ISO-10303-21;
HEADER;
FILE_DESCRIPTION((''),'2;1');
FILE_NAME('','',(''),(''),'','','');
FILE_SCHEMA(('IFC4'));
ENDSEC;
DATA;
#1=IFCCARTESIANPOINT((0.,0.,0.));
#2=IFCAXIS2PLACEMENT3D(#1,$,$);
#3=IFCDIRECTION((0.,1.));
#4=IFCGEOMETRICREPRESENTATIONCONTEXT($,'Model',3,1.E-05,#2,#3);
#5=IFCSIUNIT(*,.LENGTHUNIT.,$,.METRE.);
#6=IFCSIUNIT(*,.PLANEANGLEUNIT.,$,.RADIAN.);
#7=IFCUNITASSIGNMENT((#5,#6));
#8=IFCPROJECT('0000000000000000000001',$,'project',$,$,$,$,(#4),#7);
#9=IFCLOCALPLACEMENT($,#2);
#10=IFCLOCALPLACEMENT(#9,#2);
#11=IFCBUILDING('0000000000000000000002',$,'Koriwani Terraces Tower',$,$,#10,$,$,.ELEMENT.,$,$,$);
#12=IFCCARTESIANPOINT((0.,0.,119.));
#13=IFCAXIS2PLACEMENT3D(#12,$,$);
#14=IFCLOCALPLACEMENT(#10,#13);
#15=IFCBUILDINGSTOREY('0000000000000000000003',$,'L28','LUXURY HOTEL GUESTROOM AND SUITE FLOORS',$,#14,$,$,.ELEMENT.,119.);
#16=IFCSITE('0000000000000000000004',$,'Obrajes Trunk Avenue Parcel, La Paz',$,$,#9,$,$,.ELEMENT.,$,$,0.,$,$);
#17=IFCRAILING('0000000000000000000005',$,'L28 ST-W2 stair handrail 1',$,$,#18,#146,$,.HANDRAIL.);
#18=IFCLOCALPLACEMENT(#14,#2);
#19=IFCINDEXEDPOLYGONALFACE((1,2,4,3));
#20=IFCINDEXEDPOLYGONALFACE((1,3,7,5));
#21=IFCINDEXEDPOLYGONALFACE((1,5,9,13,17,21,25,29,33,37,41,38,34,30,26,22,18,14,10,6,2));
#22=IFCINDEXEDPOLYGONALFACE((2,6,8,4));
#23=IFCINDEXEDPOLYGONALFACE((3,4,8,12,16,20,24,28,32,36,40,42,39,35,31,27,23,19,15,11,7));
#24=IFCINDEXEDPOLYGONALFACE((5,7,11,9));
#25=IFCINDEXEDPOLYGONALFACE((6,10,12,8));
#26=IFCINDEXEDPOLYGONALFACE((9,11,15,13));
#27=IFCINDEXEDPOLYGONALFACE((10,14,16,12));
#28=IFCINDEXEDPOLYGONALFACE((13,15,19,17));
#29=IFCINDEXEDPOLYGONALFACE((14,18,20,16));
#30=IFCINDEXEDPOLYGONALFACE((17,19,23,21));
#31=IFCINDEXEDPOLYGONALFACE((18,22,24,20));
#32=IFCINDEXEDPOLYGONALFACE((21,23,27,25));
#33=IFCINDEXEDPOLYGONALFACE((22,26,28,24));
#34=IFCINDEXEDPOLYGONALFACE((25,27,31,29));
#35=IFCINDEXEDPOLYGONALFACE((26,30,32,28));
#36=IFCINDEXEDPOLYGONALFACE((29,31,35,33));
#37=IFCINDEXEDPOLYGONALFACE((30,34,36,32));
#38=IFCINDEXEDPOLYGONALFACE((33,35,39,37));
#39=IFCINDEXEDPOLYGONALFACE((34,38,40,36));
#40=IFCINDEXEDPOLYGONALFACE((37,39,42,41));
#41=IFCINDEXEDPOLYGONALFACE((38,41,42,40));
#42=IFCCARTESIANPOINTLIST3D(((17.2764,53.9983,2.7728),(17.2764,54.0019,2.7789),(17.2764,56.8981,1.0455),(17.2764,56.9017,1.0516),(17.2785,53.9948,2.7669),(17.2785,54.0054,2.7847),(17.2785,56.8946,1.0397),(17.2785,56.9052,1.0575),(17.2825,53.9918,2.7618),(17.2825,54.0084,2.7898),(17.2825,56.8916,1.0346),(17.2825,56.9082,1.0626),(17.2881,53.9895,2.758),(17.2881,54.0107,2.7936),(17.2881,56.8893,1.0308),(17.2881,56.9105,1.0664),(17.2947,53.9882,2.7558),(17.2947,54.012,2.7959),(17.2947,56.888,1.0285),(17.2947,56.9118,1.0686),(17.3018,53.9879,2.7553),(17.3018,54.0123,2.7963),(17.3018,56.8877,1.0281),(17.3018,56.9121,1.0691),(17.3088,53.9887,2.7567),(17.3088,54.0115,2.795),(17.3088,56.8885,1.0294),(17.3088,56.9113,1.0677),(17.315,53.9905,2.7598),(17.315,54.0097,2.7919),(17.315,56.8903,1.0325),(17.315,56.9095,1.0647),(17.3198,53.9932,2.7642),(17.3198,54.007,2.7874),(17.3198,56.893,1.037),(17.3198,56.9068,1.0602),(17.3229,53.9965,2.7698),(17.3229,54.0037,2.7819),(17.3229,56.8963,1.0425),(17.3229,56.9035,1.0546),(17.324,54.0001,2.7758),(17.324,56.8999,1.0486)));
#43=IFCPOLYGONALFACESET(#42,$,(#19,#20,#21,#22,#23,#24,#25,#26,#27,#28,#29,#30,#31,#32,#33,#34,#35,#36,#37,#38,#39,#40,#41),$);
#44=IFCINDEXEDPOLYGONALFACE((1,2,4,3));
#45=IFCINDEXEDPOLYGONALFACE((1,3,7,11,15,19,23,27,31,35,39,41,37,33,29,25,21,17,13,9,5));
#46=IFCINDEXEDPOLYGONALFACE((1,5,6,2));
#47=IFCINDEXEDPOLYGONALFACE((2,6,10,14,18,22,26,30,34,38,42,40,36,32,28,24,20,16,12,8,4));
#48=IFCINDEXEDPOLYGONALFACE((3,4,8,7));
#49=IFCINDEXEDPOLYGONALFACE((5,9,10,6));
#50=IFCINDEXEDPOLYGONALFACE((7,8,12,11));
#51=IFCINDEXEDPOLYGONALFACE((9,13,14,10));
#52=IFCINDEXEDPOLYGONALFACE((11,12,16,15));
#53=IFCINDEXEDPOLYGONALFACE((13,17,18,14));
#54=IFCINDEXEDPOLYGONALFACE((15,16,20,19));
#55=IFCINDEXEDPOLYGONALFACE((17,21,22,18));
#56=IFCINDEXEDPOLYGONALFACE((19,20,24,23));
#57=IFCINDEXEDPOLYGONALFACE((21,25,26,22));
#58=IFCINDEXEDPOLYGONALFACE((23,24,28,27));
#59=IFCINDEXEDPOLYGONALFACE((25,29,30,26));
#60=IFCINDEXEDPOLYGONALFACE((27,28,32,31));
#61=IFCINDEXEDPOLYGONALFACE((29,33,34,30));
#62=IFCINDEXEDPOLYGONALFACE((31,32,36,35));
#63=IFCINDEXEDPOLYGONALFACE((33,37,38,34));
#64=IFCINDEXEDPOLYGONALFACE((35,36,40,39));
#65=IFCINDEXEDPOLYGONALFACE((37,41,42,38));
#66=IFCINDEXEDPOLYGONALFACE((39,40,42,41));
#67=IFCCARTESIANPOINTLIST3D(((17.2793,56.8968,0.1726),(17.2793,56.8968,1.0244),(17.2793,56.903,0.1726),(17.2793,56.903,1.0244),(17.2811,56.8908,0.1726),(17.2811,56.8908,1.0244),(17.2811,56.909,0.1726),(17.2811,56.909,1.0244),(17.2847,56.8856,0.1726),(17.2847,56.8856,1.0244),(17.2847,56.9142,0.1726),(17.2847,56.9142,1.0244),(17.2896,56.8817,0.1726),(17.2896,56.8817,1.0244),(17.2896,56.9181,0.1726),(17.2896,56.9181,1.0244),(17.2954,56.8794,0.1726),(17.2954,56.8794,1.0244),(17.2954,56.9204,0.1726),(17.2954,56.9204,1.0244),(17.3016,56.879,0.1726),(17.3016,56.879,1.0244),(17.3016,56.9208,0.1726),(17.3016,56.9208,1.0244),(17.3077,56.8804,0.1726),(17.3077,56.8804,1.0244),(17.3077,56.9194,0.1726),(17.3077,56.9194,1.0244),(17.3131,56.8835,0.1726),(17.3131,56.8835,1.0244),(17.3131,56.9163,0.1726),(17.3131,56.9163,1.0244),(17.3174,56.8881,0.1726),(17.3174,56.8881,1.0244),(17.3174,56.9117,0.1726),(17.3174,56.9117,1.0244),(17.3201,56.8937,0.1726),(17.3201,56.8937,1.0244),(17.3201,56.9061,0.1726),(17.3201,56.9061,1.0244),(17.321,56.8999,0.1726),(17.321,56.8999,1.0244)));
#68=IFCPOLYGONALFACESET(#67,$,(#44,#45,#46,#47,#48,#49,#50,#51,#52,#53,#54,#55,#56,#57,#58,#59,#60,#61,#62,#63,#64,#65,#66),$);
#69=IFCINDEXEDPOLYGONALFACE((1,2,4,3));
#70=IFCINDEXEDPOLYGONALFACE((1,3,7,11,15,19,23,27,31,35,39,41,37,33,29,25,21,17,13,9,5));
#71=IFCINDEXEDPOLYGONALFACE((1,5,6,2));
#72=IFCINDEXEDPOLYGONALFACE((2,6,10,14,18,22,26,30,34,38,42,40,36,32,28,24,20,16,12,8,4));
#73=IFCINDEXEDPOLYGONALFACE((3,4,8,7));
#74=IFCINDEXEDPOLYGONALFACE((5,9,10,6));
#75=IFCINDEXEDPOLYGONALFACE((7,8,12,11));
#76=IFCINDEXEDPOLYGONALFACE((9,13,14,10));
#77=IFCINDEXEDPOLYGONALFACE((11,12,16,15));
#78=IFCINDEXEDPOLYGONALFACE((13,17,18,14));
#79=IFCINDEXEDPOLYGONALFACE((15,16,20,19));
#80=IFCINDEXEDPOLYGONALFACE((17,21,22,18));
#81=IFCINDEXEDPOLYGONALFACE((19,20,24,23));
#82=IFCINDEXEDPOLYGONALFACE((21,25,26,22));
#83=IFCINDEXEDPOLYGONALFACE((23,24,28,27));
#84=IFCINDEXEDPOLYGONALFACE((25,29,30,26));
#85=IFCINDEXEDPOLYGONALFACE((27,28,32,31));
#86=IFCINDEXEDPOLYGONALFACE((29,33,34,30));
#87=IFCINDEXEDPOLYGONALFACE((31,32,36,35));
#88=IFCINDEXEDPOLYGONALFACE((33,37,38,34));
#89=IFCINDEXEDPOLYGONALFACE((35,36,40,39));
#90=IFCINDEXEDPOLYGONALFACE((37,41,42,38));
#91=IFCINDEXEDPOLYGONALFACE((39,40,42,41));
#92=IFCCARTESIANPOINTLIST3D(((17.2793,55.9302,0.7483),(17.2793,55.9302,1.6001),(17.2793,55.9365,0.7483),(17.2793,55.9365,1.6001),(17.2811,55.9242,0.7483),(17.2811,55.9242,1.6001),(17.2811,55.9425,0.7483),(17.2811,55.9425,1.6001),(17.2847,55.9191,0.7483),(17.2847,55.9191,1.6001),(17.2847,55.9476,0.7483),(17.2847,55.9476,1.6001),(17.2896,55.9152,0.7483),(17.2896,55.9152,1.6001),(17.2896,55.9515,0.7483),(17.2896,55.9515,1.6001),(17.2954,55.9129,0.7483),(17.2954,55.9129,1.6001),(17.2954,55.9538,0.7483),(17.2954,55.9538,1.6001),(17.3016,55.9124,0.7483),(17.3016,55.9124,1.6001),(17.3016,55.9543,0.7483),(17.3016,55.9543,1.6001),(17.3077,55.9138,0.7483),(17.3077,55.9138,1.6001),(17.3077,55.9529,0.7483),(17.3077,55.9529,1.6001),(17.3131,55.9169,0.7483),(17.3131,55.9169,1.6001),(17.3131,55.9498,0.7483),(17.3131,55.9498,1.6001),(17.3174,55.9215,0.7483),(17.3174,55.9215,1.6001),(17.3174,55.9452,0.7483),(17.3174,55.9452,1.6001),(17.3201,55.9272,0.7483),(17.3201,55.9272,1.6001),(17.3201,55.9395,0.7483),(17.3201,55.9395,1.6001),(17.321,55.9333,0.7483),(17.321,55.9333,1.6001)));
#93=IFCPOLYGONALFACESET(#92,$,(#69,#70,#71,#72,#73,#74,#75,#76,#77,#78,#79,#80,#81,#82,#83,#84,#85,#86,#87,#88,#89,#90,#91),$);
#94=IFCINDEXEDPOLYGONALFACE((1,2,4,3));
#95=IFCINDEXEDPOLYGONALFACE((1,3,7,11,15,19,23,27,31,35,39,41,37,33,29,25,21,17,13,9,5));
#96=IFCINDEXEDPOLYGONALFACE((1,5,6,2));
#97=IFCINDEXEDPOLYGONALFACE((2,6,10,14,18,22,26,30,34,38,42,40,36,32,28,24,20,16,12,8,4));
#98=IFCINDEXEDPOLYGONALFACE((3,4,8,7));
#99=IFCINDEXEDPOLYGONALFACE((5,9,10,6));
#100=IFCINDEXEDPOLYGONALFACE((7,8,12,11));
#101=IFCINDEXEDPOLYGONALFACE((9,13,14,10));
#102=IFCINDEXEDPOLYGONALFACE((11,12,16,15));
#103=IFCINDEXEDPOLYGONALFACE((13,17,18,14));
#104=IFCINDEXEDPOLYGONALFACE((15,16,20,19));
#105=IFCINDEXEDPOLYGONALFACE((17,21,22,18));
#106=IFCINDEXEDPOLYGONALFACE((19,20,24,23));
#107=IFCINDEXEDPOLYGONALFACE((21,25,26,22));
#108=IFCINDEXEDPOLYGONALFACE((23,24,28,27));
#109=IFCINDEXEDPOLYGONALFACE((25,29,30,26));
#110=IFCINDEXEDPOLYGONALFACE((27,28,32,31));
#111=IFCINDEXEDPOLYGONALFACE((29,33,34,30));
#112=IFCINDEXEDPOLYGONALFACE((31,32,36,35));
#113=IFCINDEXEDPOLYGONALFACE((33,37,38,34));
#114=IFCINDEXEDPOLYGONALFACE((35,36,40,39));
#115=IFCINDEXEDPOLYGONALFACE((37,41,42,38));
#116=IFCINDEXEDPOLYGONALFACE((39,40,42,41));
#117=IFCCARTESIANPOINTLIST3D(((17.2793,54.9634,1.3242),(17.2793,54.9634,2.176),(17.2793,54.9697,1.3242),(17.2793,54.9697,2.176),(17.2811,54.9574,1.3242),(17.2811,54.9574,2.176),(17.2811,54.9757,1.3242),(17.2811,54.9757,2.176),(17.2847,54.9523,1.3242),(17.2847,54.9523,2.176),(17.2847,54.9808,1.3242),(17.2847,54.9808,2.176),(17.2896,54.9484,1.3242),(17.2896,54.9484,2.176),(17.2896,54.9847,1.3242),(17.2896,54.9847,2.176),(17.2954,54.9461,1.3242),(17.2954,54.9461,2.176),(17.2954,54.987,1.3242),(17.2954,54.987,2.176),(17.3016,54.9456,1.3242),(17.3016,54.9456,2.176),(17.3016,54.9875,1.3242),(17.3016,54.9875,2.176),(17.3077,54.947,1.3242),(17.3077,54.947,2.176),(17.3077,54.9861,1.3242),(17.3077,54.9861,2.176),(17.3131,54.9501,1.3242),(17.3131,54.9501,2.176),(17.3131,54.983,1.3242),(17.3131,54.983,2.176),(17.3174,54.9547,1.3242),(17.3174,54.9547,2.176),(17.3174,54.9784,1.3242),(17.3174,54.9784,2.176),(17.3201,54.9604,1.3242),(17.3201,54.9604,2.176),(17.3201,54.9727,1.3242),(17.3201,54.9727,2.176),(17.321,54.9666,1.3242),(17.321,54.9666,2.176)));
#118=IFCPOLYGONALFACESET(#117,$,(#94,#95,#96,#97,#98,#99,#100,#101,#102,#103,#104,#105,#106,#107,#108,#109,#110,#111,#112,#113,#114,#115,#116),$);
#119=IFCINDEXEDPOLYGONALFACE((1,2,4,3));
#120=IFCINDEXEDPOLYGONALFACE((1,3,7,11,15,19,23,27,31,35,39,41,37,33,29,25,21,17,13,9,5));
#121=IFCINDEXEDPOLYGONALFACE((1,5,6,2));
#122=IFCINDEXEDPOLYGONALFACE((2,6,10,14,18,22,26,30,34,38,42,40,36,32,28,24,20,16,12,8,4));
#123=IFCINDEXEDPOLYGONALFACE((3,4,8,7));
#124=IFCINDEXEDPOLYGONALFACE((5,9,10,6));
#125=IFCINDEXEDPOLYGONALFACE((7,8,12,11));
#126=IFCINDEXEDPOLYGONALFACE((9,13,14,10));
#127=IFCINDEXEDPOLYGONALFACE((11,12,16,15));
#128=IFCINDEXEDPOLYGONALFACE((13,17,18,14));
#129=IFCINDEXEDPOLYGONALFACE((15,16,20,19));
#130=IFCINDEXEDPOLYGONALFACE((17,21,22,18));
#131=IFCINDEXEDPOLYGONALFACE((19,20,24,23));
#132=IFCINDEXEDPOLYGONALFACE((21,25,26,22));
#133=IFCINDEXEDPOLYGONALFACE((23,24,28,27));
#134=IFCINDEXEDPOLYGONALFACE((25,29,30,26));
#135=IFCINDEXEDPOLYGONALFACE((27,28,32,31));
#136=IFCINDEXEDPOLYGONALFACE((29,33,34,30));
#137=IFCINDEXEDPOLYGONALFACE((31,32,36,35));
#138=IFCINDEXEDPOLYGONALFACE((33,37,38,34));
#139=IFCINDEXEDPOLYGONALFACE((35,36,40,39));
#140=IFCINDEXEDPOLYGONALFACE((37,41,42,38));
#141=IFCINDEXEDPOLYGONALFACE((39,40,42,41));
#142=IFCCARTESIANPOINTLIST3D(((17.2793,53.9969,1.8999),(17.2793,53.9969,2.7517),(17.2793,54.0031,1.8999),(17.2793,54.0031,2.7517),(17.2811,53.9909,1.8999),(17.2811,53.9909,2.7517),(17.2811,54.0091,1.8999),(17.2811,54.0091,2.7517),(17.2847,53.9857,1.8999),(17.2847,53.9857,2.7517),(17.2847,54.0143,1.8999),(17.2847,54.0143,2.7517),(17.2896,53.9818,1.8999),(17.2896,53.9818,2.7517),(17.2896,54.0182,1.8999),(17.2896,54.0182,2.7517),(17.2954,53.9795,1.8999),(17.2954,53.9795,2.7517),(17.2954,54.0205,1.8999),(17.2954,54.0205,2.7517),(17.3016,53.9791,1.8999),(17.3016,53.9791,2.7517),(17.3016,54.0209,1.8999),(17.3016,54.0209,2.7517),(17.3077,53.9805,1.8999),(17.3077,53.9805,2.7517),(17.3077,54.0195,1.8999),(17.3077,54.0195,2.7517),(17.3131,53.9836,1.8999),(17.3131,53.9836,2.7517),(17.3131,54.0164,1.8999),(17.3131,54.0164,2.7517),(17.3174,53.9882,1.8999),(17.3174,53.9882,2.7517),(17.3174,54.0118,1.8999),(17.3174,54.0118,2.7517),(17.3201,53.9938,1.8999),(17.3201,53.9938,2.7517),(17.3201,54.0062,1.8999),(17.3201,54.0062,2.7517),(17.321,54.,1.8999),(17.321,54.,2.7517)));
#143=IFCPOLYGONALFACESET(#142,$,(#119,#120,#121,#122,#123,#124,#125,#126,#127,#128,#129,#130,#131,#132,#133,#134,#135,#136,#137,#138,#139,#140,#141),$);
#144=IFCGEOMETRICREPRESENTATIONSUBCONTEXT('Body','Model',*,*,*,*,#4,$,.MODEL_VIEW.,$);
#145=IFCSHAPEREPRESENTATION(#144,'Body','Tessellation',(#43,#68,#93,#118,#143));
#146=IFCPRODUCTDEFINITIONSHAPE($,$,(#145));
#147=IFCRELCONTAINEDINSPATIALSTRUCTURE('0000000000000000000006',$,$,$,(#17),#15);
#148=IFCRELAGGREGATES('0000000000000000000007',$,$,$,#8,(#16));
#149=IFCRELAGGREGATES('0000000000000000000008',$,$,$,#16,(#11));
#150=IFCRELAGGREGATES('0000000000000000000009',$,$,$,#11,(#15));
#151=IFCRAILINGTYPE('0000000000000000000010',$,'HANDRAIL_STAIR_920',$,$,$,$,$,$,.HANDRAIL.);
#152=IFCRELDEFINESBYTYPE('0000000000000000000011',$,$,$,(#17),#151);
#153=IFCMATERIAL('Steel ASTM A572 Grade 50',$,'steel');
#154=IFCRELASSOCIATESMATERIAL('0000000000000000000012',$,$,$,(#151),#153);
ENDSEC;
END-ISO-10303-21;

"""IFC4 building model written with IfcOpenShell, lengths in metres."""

from ifc_helpers import new_model, si_unit, direction, frame, origin, origin_2d, place, context, subcontext, project, spatial, circle, extrude, material, type_object, element, save


model = new_model("IFC4")

# Units and contexts
model_context = context("Model", 3, precision=1e-05, world=origin(), true_north=direction((0.0, 1.0)))
body_context = subcontext(model_context, "Body", "Model", "MODEL_VIEW")
ifc_project = project(units=[si_unit("LENGTHUNIT", "METRE"), si_unit("PLANEANGLEUNIT", "RADIAN")], contexts=[model_context])

# Site, building, storey
site_placement = place(None, origin())
site = spatial("IfcSite", under=ifc_project, at=site_placement, Name="Obrajes Trunk Avenue Parcel, La Paz", CompositionType="ELEMENT", RefElevation=0.0)
building_placement = place(site_placement, origin())
building = spatial("IfcBuilding", under=site, at=building_placement, Name="Koriwani Terraces Tower", CompositionType="ELEMENT")
storey_placement = place(building_placement, frame((0.0, 0.0, 119.0)))
storey = spatial("IfcBuildingStorey", under=building, at=storey_placement, Name="L28", Description="LUXURY HOTEL GUESTROOM AND SUITE FLOORS", CompositionType="ELEMENT", Elevation=119.0)

# Shared definitions
ifc_material_1 = material(Name="Steel ASTM A572 Grade 50", Category="steel")

# Railing
railing_type_1 = type_object("IfcRailingType", Name="HANDRAIL_STAIR_920", PredefinedType="HANDRAIL", material=ifc_material_1)
railing_1_placement = place(storey_placement, frame((17.3, 56.8999, 0.1726)))
element("IfcRailing", 1, at=railing_1_placement, inside=storey, type_object=railing_type_1, Name="L28 ST-W2 stair handrail 1", PredefinedType="HANDRAIL", context=body_context, shape_type="SweptSolid", body=[
    extrude(circle(Radius=0.0239, at=origin_2d()), frame((0.0, 0.0, 0.876), z_axis=(0.0, -0.859141, 0.511738), x_axis=(1.0, 0.0, 0.0)), (0.0, 0.0, 1.0), 3.3752),
    extrude(circle(Radius=0.021, at=origin_2d()), origin(), (0.0, 0.0, 1.0), 0.8518),
    extrude(circle(Radius=0.021, at=origin_2d()), frame((0.0, -0.9666, 0.5757)), (0.0, 0.0, 1.0), 0.8518),
    extrude(circle(Radius=0.021, at=origin_2d()), frame((0.0, -1.9333, 1.1516)), (0.0, 0.0, 1.0), 0.8518),
    extrude(circle(Radius=0.021, at=origin_2d()), frame((0.0, -2.8999, 1.7273)), (0.0, 0.0, 1.0), 0.8518),
])

save(model, "model.ifc")
